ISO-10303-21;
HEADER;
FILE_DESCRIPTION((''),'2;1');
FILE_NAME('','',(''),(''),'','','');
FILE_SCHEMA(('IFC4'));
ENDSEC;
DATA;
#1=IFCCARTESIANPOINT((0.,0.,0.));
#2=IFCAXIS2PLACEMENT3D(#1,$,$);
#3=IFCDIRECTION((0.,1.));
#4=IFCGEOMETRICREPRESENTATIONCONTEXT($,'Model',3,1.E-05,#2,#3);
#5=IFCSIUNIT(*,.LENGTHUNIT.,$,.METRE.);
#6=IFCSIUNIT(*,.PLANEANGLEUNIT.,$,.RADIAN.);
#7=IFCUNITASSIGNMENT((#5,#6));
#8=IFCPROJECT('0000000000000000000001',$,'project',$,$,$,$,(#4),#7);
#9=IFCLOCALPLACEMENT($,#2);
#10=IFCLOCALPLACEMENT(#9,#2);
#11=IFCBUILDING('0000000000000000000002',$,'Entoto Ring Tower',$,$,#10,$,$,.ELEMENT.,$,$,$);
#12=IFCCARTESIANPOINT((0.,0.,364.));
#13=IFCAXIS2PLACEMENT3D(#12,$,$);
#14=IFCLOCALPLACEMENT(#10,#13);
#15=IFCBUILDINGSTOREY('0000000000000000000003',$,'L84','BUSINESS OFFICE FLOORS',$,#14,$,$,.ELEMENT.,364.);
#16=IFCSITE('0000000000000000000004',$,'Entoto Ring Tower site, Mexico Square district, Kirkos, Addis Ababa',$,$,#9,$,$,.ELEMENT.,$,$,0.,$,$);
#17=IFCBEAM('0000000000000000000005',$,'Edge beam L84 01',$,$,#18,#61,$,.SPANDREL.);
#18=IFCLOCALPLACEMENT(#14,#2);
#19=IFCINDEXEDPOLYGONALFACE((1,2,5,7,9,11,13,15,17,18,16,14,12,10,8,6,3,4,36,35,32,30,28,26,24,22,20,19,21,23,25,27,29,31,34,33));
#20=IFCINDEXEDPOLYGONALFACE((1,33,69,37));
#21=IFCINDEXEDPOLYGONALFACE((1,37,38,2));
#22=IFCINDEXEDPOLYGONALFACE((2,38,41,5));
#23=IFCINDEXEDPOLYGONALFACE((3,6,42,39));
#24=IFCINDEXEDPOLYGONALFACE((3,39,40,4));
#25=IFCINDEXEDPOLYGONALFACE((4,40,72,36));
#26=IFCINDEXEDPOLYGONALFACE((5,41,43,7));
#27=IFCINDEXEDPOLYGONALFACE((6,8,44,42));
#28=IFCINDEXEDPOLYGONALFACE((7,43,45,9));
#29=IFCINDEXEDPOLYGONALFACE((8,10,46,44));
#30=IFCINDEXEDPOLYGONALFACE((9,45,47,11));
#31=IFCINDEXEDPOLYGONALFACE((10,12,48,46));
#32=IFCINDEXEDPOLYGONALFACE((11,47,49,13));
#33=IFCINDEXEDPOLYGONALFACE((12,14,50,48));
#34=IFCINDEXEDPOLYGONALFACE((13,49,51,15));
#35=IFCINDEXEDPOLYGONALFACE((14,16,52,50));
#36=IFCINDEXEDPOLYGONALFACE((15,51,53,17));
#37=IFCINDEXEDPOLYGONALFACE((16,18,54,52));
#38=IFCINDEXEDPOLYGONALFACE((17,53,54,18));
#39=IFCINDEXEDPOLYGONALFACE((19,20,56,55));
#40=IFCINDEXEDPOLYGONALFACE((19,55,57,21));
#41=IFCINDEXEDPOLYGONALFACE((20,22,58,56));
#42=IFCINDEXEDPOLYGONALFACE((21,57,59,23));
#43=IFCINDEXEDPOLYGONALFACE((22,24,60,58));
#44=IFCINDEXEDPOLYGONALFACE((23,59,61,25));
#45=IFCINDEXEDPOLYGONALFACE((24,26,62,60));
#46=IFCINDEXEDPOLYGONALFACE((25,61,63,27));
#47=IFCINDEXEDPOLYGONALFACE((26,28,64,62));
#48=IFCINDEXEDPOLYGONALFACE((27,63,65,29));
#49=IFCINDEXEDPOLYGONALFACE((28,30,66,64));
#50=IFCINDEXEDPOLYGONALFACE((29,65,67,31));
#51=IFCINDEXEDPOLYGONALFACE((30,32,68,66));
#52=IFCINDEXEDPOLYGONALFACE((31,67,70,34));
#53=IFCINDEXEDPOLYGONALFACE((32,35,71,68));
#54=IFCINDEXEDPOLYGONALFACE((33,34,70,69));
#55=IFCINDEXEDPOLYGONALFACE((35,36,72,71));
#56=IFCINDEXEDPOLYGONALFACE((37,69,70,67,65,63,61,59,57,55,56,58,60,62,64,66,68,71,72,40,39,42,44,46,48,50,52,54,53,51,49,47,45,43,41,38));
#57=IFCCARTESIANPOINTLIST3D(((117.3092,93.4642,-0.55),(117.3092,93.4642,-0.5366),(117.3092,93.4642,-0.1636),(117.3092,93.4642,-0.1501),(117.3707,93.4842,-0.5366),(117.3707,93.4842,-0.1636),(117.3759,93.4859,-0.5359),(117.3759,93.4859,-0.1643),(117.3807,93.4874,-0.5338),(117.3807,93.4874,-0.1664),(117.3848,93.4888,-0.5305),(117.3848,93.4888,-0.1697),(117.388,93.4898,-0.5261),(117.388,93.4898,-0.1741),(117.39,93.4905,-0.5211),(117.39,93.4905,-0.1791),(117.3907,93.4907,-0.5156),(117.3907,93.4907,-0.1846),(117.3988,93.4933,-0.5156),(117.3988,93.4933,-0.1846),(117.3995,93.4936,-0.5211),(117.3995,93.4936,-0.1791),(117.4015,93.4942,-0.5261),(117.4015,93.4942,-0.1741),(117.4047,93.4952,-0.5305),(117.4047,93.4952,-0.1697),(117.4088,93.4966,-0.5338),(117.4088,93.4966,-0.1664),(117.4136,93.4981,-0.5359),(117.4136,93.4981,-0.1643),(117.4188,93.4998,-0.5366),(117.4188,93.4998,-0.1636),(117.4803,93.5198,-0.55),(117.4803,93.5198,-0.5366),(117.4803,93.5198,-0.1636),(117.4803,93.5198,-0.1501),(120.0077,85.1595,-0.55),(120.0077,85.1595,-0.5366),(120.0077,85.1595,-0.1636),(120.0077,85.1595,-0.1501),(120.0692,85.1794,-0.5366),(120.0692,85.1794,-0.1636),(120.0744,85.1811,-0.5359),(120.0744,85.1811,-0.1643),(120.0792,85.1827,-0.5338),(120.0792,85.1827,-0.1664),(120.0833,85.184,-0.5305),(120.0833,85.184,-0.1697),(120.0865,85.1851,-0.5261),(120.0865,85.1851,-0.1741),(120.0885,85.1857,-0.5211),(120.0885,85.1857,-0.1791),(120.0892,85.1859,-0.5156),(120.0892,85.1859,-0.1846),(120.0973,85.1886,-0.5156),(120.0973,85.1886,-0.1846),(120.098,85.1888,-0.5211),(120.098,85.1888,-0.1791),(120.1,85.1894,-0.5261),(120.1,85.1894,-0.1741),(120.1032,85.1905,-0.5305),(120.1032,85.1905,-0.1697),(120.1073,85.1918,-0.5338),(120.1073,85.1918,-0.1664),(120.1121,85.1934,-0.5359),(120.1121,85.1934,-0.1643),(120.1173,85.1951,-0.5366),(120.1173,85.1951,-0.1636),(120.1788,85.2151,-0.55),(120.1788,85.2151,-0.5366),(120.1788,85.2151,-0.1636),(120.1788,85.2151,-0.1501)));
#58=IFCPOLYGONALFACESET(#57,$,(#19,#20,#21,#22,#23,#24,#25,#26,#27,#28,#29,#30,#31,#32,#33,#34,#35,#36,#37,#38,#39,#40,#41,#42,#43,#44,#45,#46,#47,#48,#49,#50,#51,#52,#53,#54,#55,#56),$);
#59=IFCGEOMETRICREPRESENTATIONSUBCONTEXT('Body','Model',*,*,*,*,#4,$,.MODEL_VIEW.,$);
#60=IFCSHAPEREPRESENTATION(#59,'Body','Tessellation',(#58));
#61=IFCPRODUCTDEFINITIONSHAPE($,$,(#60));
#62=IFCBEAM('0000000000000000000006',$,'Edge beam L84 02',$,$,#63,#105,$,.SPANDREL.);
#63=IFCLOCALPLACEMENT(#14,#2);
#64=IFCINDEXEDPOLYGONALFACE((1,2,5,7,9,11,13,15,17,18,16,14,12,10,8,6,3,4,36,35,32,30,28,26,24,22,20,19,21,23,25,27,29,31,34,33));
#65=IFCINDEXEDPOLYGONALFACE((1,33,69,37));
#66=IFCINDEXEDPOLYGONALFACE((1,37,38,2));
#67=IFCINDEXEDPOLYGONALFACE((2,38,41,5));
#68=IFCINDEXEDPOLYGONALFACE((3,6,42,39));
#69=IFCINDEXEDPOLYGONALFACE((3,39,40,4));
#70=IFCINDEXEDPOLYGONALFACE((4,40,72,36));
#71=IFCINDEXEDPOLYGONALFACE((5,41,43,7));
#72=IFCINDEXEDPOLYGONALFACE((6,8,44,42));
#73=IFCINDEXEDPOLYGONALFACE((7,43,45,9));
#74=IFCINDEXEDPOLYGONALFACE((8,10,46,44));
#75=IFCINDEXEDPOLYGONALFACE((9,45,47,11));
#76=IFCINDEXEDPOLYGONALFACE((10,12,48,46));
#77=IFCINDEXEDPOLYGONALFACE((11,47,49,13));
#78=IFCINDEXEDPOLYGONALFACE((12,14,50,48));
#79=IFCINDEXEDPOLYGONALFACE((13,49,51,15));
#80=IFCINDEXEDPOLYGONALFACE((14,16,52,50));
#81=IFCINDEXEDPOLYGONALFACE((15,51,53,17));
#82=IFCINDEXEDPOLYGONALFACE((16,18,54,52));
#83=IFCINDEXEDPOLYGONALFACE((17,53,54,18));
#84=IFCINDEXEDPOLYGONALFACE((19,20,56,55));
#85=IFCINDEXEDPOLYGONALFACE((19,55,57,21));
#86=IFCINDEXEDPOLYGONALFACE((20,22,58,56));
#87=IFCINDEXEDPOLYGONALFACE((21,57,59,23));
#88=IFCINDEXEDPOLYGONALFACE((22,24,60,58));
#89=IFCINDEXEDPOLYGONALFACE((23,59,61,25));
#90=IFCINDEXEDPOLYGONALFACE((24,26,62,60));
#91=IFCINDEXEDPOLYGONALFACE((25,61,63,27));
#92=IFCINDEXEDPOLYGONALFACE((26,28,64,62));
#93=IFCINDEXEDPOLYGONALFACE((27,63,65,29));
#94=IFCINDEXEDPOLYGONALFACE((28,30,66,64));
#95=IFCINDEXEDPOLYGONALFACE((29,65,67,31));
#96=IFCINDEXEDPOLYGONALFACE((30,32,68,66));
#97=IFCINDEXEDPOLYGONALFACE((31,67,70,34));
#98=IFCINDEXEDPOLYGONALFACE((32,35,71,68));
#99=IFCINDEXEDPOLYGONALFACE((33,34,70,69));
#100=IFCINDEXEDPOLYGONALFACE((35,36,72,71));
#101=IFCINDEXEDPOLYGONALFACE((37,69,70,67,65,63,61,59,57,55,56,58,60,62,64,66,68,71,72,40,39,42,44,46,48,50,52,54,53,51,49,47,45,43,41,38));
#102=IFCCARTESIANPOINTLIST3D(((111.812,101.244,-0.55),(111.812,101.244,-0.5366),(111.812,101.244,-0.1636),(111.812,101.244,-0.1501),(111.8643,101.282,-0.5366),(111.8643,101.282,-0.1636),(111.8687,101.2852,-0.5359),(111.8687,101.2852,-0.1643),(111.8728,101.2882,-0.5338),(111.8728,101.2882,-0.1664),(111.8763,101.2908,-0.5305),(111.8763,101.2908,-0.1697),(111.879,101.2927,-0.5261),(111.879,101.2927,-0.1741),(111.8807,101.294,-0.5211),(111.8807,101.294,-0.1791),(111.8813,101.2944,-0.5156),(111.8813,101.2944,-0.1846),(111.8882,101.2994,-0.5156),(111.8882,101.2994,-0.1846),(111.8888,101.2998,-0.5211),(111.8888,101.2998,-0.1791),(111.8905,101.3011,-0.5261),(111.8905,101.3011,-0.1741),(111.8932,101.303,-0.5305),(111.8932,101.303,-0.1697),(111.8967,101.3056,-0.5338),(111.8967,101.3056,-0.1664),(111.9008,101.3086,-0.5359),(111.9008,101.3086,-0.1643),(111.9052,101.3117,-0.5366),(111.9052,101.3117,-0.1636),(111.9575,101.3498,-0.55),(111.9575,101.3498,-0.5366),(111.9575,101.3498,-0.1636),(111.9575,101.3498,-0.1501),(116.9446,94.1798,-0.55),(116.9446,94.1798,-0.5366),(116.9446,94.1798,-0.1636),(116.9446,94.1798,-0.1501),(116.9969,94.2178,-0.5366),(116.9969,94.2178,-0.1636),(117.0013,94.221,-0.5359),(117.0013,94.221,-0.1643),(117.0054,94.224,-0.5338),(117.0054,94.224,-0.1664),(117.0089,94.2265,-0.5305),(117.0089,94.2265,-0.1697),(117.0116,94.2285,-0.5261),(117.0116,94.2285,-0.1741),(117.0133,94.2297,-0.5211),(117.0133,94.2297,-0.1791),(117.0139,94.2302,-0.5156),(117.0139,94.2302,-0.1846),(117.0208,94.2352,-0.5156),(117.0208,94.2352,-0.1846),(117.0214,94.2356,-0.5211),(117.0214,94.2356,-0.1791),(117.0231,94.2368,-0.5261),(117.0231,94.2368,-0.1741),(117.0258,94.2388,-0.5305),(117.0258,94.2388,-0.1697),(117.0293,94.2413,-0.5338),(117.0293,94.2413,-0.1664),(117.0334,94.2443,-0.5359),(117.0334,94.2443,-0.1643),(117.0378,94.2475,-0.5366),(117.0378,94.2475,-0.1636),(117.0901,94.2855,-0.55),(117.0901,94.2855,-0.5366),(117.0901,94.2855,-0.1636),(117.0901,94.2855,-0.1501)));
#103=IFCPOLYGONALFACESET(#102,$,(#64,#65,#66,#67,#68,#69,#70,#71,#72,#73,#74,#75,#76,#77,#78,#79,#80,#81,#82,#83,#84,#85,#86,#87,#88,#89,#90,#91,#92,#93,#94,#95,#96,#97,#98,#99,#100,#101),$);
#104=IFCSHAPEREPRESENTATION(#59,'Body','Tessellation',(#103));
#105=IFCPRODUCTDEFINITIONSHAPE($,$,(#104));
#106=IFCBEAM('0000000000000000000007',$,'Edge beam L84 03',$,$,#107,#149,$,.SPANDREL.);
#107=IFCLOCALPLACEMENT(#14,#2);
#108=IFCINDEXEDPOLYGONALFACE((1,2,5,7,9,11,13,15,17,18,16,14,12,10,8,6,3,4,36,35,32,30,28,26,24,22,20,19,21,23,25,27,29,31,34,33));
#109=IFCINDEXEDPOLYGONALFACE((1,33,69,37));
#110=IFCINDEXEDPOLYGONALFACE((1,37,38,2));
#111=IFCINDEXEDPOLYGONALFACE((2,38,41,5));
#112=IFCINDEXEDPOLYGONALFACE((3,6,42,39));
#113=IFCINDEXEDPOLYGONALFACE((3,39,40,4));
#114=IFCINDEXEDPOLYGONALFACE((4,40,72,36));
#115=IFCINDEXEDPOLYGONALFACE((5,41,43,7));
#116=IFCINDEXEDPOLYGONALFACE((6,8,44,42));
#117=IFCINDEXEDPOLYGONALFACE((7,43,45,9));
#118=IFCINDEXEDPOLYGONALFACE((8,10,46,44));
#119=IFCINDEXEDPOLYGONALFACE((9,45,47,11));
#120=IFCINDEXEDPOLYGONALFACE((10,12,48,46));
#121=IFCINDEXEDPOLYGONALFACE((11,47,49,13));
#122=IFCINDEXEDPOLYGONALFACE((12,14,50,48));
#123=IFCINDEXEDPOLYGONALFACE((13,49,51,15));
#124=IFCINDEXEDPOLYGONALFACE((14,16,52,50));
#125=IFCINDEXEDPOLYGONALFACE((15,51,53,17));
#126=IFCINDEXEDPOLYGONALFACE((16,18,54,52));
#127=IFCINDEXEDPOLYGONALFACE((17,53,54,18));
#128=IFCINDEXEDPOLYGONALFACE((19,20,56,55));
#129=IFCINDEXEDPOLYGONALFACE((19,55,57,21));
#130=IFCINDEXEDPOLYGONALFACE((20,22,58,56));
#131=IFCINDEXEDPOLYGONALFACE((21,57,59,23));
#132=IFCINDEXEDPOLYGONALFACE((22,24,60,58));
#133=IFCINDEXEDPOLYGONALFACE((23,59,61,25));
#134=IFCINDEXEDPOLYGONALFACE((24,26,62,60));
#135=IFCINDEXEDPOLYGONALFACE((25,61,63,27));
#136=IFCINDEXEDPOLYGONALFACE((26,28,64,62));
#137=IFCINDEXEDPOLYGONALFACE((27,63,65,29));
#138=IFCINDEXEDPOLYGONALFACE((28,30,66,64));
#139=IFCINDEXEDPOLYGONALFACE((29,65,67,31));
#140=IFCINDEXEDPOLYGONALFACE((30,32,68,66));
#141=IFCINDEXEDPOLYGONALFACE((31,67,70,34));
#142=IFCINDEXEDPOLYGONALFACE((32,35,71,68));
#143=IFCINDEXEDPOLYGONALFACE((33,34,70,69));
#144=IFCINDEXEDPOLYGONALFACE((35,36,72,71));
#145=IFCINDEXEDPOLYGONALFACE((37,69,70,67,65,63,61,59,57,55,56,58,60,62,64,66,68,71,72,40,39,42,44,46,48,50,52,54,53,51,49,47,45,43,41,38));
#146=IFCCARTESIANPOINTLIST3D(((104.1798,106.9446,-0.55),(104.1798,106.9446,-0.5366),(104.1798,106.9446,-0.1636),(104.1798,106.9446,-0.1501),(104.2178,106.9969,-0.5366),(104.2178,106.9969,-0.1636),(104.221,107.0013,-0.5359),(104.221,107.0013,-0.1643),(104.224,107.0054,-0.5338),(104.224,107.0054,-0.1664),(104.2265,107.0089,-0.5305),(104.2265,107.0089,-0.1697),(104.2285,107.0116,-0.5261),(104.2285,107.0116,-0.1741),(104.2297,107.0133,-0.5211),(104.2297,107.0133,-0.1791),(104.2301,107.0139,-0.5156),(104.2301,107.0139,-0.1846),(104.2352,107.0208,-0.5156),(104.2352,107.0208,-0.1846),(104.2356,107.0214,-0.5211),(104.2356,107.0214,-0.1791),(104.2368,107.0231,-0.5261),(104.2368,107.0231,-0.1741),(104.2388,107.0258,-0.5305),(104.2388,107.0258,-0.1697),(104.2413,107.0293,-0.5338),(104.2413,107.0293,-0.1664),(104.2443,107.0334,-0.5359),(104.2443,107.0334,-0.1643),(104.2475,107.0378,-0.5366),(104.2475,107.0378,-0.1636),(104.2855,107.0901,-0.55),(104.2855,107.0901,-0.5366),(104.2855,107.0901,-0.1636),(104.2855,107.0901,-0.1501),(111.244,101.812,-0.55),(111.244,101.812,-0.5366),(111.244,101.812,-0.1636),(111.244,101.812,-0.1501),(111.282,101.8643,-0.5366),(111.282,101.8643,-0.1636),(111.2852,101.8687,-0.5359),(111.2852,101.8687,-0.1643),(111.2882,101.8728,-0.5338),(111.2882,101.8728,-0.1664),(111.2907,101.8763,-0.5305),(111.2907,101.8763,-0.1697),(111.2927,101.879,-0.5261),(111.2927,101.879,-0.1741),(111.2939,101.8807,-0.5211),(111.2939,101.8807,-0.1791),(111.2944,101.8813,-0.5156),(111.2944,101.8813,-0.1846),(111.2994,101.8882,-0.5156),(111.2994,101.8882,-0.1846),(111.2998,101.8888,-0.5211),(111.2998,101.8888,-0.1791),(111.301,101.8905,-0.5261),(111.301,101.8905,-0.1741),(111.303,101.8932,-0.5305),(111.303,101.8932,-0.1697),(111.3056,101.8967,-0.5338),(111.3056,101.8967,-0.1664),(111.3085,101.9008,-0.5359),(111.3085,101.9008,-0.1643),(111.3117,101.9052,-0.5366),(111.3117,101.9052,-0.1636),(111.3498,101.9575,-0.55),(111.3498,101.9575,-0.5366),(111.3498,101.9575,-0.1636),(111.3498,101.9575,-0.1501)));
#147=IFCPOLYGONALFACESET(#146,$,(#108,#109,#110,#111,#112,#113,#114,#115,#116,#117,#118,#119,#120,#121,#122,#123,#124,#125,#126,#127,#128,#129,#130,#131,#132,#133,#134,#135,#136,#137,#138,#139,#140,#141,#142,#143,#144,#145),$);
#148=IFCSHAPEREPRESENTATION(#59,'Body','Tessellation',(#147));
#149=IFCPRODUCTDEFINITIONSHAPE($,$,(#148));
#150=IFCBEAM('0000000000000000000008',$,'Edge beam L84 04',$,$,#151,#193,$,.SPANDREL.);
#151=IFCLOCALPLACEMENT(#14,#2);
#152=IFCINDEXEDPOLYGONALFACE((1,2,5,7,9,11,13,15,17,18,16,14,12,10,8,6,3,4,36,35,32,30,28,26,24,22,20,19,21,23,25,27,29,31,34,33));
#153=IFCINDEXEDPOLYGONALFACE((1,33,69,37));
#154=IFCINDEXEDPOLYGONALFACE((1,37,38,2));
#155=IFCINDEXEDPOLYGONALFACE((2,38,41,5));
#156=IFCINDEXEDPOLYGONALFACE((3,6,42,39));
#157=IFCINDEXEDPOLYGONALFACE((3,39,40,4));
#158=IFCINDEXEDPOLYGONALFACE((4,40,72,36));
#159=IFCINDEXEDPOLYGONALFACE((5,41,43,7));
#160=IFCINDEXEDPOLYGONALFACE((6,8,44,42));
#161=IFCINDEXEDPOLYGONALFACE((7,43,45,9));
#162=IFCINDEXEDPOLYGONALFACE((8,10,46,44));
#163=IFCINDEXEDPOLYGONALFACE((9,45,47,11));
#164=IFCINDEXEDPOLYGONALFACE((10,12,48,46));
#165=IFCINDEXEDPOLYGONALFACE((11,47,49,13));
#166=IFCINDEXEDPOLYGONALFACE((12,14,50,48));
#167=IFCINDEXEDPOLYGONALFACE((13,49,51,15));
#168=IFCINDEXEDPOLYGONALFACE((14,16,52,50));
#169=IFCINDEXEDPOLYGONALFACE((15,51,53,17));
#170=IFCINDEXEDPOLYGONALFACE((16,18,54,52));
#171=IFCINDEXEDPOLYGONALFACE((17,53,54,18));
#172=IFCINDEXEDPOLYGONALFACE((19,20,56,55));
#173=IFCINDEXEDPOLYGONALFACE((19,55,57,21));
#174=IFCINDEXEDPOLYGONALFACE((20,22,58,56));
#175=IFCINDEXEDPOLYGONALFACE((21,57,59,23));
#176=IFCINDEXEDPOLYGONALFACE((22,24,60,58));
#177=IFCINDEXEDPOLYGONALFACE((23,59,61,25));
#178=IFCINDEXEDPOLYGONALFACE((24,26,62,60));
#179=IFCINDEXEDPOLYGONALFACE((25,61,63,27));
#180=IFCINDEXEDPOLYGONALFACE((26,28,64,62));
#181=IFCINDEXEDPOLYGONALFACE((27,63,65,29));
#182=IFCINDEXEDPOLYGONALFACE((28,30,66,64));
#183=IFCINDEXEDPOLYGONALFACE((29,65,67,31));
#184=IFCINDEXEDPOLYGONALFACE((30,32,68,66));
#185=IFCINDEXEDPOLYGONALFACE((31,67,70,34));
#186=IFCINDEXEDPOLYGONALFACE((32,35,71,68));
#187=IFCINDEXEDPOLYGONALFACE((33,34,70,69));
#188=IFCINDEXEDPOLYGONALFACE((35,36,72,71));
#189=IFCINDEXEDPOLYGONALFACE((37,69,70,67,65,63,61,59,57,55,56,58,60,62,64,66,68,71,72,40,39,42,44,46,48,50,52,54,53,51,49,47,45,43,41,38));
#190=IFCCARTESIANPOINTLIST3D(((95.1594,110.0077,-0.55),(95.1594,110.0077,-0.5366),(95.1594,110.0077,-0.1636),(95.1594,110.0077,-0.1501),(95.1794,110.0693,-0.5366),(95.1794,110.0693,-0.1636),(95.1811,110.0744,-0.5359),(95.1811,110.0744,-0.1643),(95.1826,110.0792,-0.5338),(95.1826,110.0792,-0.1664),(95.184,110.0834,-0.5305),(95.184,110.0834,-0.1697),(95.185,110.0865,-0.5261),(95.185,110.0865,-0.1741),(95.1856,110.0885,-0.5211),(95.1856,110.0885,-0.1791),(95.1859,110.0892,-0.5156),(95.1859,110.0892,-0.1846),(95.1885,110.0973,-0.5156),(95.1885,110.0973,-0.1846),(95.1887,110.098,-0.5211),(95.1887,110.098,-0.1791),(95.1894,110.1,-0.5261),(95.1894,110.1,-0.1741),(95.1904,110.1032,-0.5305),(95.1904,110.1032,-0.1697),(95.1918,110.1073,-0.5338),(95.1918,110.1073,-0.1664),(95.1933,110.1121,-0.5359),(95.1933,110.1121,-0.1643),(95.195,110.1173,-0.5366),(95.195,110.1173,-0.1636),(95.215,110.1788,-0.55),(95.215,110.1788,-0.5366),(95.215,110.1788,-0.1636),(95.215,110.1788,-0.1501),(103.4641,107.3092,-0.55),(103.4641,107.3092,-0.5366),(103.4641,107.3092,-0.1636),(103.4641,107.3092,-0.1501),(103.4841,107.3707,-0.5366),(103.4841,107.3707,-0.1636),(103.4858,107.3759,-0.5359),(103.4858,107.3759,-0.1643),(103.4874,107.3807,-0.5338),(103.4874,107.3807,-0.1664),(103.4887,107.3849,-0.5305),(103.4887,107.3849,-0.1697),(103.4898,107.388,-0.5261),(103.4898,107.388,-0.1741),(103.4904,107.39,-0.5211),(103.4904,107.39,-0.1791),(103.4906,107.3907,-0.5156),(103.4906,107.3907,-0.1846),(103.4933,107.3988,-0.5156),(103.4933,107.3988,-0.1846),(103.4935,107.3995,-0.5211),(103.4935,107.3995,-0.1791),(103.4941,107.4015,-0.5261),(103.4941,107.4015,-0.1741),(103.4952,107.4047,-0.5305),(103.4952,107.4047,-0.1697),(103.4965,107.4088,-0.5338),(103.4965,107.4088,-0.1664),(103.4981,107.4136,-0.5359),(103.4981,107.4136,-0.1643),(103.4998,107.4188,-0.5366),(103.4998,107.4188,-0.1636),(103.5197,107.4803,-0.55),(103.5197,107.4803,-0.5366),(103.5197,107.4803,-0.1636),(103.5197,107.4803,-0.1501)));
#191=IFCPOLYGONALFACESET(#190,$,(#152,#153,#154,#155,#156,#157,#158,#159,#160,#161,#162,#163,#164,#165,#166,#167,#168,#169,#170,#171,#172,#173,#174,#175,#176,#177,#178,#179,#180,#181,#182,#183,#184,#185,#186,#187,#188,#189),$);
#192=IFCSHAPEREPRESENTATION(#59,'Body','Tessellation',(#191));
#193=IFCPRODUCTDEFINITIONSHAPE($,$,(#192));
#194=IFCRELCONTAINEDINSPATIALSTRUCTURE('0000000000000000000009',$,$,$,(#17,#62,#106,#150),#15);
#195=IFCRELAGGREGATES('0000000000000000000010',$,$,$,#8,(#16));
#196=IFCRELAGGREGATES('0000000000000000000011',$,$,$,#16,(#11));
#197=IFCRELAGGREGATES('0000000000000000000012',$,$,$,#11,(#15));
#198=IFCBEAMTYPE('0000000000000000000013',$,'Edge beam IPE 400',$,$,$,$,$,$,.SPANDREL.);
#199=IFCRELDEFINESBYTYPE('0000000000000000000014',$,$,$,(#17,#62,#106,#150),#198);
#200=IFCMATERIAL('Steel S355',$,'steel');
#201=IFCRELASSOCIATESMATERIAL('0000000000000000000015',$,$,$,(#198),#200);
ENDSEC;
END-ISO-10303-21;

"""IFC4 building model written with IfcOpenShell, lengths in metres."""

from ifc_helpers import new_model, si_unit, direction, frame, origin, origin_2d, place, context, subcontext, project, spatial, i_section, extrude, material, material_profile, profile_set, type_object, element, save


model = new_model("IFC4")

# Units and contexts
model_context = context("Model", 3, precision=1e-05, world=origin(), true_north=direction((0.0, 1.0)))
body_context = subcontext(model_context, "Body", "Model", "MODEL_VIEW")
ifc_project = project(units=[si_unit("LENGTHUNIT", "METRE"), si_unit("PLANEANGLEUNIT", "RADIAN")], contexts=[model_context])

# Site, building, storey
site_placement = place(None, origin())
site = spatial("IfcSite", under=ifc_project, at=site_placement, Name="Entoto Ring Tower site, Mexico Square district, Kirkos, Addis Ababa", CompositionType="ELEMENT", RefElevation=0.0)
building_placement = place(site_placement, origin())
building = spatial("IfcBuilding", under=site, at=building_placement, Name="Entoto Ring Tower", CompositionType="ELEMENT")
storey_placement = place(building_placement, frame((0.0, 0.0, 364.0)))
storey = spatial("IfcBuildingStorey", under=building, at=storey_placement, Name="L84", Description="BUSINESS OFFICE FLOORS", CompositionType="ELEMENT", Elevation=364.0)

# Beams
ifc_material_1 = material(Name="Steel S355", Category="steel")
ifc_material_profile_1 = material_profile(ifc_material_1, i_section(OverallWidth=0.1799, OverallDepth=0.3999, WebThickness=0.0085, FlangeThickness=0.0134, FilletRadius=0.021, at=origin_2d()), Name="IPE 400")
ifc_profile_set_1 = profile_set([ifc_material_profile_1], Name="Steel S355")
beam_type_1 = type_object("IfcBeamType", Name="Edge beam IPE 400", PredefinedType="SPANDREL", material=ifc_profile_set_1)
beam_1_placement = place(storey_placement, frame((120.0933, 85.1873, -0.3501), z_axis=(-0.30903, 0.951052, 0.0), x_axis=(-0.951052, -0.30903, 0.0)))
element("IfcBeam", 1, at=beam_1_placement, inside=storey, type_object=beam_type_1, Name="Edge beam L84 01", PredefinedType="SPANDREL", context=body_context, shape_type="SweptSolid", body=[
    extrude(i_section(OverallWidth=0.1799, OverallDepth=0.3999, WebThickness=0.0085, FlangeThickness=0.0134, FilletRadius=0.021, at=origin_2d()), origin(), (0.0, 0.0, 1.0), 8.7322),
])
for number, where, z_axis, x_axis, name in (
    (2, (117.0173, 94.2327, -0.3501), (-0.587794, 0.80901, 0.0), (-0.80901, -0.587794, 0.0), "Edge beam L84 02"),
    (3, (111.2969, 101.8848, -0.3501), (-0.80901, 0.587794, 0.0), (-0.587794, -0.80901, 0.0), "Edge beam L84 03"),
):
    element("IfcBeam", number, at=place(storey_placement, frame(where, z_axis=z_axis, x_axis=x_axis)), inside=storey, type_object=beam_type_1, Name=name, PredefinedType="SPANDREL", context=body_context, shape_type="SweptSolid", body=[
        extrude(i_section(OverallWidth=0.1799, OverallDepth=0.3999, WebThickness=0.0085, FlangeThickness=0.0134, FilletRadius=0.021, at=origin_2d()), origin(), (0.0, 0.0, 1.0), 8.7319),
    ])
beam_2_placement = place(storey_placement, frame((103.4919, 107.3948, -0.3501), z_axis=(-0.951052, 0.30903, 0.0), x_axis=(-0.30903, -0.951052, 0.0)))
element("IfcBeam", 4, at=beam_2_placement, inside=storey, type_object=beam_type_1, Name="Edge beam L84 04", PredefinedType="SPANDREL", context=body_context, shape_type="SweptSolid", body=[
    extrude(i_section(OverallWidth=0.1799, OverallDepth=0.3999, WebThickness=0.0085, FlangeThickness=0.0134, FilletRadius=0.021, at=origin_2d()), origin(), (0.0, 0.0, 1.0), 8.7322),
])

save(model, "model.ifc")
